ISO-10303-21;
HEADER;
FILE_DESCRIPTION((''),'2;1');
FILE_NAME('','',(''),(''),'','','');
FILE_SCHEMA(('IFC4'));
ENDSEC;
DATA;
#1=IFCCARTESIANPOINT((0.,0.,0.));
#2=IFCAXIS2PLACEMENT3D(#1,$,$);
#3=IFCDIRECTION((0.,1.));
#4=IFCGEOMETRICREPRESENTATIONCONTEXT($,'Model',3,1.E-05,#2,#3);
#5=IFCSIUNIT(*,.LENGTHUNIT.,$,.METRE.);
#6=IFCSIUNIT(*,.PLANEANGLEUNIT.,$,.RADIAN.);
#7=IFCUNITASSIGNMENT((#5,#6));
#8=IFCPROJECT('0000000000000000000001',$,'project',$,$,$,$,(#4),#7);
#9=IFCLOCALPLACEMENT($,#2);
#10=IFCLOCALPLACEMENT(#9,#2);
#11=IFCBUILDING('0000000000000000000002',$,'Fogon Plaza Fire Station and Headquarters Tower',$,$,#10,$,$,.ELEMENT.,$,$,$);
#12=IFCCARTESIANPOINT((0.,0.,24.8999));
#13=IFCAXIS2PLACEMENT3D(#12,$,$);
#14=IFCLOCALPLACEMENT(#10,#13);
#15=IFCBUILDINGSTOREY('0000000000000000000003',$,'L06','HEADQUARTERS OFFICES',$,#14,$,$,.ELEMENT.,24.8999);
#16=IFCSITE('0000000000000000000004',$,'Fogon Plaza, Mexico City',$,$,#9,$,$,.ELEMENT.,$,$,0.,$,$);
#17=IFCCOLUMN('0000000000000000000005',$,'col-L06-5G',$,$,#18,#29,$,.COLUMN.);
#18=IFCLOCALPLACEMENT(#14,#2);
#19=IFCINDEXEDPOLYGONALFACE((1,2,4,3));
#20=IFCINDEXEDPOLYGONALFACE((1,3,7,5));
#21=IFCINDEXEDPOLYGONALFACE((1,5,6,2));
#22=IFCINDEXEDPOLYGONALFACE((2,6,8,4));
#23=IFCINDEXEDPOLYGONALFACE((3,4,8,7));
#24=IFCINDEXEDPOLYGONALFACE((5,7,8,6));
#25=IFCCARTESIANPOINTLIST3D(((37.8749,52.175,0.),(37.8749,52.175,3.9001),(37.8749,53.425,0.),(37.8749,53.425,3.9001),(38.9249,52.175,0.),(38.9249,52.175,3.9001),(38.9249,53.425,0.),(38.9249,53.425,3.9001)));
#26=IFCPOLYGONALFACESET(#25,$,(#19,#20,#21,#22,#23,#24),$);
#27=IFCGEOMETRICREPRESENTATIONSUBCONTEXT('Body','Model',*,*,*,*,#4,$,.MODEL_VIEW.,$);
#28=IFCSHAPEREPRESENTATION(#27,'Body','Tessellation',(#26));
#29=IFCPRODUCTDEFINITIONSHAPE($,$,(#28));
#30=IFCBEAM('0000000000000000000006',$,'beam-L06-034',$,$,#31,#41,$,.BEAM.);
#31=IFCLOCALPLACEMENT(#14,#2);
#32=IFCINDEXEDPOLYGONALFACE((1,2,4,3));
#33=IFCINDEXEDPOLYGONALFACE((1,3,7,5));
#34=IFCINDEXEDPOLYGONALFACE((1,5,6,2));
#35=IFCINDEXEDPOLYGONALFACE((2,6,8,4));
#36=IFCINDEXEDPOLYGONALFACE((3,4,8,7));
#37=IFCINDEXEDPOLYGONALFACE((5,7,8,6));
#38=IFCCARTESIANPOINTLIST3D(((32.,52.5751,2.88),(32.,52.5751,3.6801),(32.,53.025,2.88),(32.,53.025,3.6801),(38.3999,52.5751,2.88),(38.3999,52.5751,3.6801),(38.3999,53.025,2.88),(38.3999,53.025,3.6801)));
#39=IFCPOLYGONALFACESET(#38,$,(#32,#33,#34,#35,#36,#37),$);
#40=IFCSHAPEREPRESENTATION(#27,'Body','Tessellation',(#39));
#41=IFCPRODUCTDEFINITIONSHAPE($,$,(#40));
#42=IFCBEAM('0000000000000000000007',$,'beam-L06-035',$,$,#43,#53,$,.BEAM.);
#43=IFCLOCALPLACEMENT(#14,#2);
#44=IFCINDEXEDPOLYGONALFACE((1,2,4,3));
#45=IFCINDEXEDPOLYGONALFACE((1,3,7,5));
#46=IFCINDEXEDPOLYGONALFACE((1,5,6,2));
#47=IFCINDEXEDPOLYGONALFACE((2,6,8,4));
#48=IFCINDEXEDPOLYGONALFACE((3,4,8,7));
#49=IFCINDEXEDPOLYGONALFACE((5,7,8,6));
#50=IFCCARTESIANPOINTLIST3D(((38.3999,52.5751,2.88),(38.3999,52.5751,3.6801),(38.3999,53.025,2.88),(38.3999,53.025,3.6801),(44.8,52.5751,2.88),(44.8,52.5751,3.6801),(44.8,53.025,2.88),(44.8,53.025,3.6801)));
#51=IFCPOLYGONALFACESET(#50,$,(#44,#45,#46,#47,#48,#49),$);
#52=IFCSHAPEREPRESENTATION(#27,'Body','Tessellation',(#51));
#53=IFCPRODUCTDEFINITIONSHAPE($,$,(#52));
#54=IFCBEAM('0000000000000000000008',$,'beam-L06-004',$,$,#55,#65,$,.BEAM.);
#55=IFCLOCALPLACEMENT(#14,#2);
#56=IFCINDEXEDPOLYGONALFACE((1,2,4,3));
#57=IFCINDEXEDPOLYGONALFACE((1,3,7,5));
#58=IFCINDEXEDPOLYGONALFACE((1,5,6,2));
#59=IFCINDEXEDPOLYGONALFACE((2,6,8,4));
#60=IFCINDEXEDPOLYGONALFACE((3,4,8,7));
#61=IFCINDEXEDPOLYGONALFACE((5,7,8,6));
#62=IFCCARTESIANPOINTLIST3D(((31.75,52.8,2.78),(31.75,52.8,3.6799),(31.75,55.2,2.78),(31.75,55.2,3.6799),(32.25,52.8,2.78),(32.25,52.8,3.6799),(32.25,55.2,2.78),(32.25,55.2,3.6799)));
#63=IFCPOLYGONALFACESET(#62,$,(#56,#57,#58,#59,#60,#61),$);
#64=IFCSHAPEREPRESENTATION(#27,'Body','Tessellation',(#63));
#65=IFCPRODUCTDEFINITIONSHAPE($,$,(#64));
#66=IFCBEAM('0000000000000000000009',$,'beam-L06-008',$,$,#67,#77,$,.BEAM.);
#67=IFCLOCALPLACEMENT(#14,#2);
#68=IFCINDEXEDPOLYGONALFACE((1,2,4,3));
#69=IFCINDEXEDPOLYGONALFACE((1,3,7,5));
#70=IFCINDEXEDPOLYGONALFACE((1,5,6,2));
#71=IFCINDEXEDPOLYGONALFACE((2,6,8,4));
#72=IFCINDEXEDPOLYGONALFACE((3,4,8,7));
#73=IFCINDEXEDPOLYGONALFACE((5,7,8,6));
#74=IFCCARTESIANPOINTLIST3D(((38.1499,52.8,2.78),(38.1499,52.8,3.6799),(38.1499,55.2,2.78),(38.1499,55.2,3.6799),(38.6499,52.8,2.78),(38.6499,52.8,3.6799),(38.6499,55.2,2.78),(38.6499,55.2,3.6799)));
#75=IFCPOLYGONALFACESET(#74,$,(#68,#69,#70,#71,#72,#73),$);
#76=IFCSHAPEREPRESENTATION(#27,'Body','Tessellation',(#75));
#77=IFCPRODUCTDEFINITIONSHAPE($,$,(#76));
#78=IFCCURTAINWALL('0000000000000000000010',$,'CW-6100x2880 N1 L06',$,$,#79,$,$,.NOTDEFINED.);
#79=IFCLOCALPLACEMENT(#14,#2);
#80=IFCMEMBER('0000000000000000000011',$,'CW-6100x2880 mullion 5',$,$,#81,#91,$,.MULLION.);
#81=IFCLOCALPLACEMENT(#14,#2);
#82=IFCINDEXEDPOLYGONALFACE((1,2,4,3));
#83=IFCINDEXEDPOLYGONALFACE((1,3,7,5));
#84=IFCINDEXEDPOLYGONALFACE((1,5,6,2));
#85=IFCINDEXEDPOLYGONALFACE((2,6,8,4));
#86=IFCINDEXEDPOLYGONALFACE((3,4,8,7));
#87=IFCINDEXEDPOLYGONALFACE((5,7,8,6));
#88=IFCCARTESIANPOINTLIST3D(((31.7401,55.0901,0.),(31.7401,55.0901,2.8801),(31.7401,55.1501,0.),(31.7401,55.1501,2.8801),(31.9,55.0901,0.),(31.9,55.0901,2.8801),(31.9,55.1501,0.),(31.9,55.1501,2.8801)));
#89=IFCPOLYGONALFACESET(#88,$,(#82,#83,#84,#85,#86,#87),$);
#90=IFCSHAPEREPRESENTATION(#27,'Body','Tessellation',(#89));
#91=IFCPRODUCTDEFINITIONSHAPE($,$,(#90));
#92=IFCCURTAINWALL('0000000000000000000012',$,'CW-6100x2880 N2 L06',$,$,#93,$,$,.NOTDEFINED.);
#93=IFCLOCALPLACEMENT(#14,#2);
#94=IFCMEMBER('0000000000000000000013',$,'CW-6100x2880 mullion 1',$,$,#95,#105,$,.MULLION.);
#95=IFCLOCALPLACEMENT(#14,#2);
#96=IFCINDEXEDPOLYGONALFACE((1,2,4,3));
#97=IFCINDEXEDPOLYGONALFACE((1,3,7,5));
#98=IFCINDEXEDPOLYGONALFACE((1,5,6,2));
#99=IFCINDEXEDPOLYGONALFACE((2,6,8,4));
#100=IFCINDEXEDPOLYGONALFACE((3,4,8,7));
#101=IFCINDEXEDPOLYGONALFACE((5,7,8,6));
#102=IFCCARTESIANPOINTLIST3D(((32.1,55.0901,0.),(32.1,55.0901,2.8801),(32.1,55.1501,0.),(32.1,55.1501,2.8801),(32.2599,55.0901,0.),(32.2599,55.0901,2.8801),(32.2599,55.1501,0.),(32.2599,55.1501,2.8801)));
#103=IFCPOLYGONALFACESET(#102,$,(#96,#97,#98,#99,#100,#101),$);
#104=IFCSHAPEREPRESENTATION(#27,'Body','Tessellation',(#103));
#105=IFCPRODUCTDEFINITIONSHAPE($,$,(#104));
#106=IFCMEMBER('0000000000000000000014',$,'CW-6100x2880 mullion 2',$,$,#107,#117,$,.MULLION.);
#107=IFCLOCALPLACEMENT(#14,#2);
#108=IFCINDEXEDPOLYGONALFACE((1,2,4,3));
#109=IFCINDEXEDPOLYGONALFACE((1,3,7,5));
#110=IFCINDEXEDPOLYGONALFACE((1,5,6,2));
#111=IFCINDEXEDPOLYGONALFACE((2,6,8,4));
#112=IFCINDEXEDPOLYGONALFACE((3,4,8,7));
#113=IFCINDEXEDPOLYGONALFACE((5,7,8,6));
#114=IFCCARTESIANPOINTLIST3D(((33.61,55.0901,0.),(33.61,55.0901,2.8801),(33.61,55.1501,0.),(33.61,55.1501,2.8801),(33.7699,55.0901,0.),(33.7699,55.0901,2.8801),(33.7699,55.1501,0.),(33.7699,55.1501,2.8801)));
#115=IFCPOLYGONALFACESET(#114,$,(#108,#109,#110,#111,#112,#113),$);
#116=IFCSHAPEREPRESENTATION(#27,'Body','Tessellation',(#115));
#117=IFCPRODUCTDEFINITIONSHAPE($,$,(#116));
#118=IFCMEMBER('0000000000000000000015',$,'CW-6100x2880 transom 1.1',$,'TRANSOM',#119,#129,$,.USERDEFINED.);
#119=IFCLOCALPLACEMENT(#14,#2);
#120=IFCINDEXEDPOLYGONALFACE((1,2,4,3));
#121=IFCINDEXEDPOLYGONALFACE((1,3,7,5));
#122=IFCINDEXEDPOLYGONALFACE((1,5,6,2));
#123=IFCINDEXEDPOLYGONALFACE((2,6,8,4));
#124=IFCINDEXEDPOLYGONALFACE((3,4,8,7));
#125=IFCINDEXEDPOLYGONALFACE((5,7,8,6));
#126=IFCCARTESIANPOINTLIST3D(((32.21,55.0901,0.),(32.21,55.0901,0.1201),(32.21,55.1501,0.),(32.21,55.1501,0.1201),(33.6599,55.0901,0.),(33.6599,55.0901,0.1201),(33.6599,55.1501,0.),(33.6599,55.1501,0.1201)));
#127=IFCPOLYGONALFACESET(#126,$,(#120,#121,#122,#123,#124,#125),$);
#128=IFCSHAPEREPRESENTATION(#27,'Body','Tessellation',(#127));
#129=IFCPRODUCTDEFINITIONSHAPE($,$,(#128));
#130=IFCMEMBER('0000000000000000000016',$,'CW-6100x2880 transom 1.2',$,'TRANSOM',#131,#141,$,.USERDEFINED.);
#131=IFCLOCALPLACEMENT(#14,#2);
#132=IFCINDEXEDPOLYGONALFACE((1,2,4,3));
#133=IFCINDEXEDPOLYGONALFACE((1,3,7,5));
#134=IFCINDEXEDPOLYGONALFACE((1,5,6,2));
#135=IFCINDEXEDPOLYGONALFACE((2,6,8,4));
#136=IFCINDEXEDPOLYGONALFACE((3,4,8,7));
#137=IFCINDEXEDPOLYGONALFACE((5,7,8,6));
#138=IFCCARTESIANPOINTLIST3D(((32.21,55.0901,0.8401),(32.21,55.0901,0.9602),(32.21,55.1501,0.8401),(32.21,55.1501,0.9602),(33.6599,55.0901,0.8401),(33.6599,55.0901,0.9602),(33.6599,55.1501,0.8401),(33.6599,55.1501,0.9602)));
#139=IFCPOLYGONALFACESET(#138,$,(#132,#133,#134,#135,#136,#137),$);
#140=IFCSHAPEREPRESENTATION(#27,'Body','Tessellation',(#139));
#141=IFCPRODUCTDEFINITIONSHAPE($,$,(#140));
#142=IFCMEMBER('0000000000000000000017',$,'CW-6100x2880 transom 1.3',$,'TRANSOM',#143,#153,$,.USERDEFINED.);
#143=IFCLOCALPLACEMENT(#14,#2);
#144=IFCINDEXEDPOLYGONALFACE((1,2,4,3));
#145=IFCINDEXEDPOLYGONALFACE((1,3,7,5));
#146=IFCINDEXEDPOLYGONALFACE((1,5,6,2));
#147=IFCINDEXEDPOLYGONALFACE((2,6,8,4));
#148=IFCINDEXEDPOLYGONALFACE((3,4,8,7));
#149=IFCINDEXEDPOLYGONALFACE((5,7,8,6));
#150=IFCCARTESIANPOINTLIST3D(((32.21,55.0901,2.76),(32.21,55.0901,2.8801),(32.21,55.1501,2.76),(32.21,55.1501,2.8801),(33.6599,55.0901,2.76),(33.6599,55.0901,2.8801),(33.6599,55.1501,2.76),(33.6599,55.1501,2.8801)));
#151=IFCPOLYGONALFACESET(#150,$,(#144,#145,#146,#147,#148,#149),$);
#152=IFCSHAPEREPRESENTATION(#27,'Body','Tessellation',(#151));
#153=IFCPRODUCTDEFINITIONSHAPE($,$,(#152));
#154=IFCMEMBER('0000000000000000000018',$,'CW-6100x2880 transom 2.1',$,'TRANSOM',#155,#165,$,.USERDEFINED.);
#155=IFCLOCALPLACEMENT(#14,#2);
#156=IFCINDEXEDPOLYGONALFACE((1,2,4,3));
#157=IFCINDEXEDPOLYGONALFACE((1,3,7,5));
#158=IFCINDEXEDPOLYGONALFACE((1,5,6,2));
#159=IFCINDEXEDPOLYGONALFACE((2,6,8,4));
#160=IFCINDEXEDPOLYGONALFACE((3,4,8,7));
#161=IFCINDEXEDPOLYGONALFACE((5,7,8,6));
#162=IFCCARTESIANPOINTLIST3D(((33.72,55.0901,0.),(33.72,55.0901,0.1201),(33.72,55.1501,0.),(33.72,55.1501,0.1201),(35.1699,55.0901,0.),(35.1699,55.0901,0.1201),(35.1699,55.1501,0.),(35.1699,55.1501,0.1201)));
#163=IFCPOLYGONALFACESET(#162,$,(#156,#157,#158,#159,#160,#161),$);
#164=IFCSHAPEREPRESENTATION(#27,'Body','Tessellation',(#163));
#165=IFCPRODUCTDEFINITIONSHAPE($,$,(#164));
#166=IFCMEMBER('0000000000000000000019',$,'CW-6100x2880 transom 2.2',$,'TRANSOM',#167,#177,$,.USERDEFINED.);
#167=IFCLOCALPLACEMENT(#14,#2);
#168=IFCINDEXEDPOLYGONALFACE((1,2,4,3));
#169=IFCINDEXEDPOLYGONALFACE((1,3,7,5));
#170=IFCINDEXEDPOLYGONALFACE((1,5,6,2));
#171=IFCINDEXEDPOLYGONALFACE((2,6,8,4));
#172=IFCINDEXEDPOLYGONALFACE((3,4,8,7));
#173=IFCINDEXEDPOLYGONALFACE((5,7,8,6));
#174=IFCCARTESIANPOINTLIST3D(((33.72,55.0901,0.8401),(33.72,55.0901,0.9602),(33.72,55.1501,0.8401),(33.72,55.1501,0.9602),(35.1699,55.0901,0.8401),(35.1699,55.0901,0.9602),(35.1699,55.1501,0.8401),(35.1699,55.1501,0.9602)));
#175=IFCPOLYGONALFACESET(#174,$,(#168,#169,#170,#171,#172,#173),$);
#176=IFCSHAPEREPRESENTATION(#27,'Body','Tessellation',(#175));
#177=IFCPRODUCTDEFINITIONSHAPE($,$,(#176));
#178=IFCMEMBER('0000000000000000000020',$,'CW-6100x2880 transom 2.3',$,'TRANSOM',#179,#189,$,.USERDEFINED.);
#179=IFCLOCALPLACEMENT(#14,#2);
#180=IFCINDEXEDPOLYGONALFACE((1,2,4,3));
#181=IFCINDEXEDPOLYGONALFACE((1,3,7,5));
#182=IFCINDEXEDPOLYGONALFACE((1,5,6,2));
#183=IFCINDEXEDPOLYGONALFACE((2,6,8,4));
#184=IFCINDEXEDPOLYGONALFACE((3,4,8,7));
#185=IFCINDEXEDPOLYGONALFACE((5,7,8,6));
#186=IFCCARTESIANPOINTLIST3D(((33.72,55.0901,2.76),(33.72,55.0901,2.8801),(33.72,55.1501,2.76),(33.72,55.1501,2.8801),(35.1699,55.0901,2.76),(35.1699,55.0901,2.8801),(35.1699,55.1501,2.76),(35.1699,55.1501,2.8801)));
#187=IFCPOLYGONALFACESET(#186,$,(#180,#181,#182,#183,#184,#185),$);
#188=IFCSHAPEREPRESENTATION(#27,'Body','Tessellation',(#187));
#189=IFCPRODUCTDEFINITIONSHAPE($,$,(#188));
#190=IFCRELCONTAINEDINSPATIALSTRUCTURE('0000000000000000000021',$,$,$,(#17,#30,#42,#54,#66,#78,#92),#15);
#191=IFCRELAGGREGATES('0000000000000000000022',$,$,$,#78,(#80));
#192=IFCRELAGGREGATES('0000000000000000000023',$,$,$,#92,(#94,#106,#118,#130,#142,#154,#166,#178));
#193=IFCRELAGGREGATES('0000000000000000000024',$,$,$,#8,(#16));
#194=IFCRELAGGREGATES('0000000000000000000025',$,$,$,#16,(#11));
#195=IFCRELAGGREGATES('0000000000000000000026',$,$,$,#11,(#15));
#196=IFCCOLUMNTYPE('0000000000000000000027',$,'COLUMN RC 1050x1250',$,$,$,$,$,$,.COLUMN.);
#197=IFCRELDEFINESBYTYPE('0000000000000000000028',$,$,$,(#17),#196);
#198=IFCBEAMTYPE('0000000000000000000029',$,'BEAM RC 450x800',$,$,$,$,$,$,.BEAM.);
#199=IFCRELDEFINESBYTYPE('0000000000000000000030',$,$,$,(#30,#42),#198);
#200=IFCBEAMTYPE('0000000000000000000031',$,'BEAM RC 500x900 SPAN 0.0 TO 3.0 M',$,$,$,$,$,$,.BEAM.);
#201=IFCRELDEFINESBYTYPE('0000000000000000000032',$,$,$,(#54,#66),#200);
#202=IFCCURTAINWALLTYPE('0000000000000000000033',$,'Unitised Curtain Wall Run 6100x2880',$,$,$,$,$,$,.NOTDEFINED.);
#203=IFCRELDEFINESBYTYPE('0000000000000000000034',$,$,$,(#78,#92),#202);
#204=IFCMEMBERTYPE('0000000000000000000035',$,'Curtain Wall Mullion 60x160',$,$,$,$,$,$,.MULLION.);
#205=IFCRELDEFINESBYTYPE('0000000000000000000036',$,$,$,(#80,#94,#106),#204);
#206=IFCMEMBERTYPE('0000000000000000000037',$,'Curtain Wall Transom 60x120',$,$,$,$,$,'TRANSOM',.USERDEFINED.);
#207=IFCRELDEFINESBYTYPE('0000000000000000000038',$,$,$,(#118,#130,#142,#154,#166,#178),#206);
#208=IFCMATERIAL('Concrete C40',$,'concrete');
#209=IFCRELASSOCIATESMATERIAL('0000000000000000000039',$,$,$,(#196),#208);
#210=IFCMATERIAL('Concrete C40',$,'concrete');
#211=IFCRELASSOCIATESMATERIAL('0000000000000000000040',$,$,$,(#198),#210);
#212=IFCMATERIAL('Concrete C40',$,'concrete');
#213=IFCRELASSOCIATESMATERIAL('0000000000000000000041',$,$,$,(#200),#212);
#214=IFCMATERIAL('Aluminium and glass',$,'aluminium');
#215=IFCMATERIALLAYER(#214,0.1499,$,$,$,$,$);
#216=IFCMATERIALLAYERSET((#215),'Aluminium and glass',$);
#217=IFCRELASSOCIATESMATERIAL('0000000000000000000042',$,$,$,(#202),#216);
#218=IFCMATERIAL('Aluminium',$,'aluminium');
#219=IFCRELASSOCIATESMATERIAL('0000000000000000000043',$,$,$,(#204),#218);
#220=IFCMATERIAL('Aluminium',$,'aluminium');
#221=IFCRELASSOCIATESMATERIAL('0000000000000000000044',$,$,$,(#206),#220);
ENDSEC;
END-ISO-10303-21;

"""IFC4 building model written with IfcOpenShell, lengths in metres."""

from ifc_helpers import new_model, si_unit, direction, frame, origin, origin_2d, place, context, subcontext, project, spatial, rectangle, extrude, material, layer, layer_set, material_profile, profile_set, type_object, element, aggregate, save


model = new_model("IFC4")

# Units and contexts
model_context = context("Model", 3, precision=1e-05, world=origin(), true_north=direction((0.0, 1.0)))
body_context = subcontext(model_context, "Body", "Model", "MODEL_VIEW")
ifc_project = project(units=[si_unit("LENGTHUNIT", "METRE"), si_unit("PLANEANGLEUNIT", "RADIAN")], contexts=[model_context])

# Site, building, storey
site_placement = place(None, origin())
site = spatial("IfcSite", under=ifc_project, at=site_placement, Name="Fogon Plaza, Mexico City", CompositionType="ELEMENT", RefElevation=0.0)
building_placement = place(site_placement, origin())
building = spatial("IfcBuilding", under=site, at=building_placement, Name="Fogon Plaza Fire Station and Headquarters Tower", CompositionType="ELEMENT")
storey_placement = place(building_placement, frame((0.0, 0.0, 24.8999)))
storey = spatial("IfcBuildingStorey", under=building, at=storey_placement, Name="L06", Description="HEADQUARTERS OFFICES", CompositionType="ELEMENT", Elevation=24.8999)

# Column
ifc_material_1 = material(Name="Concrete C40", Category="concrete")
ifc_material_profile_1 = material_profile(ifc_material_1, rectangle(XDim=1.05, YDim=1.25, at=origin_2d()), Name="RC 1050x1250")
ifc_profile_set_1 = profile_set([ifc_material_profile_1], Name="Concrete C40")
column_type = type_object("IfcColumnType", Name="COLUMN RC 1050x1250", PredefinedType="COLUMN", material=ifc_profile_set_1)
column_placement = place(storey_placement, frame((38.3999, 52.8, 0.0), z_axis=(0.0, 0.0, 1.0), x_axis=(1.0, 0.0, 0.0)))
element("IfcColumn", 1, at=column_placement, inside=storey, type_object=column_type, Name="col-L06-5G", PredefinedType="COLUMN", context=body_context, shape_type="SweptSolid", body=[
    extrude(rectangle(XDim=1.05, YDim=1.25, at=origin_2d()), origin(), (0.0, 0.0, 1.0), 3.9001),
])

# Beams
ifc_material_2 = material(Name="Concrete C40", Category="concrete")
ifc_material_profile_2 = material_profile(ifc_material_2, rectangle(XDim=0.45, YDim=0.8, at=origin_2d()), Name="RC 450x800")
ifc_profile_set_2 = profile_set([ifc_material_profile_2], Name="Concrete C40")
beam_type_1 = type_object("IfcBeamType", Name="BEAM RC 450x800", PredefinedType="BEAM", material=ifc_profile_set_2)
beam_1_placement = place(storey_placement, frame((32.0, 52.8, 3.28), z_axis=(1.0, 0.0, 0.0), x_axis=(0.0, 1.0, 0.0)))
element("IfcBeam", 2, at=beam_1_placement, inside=storey, type_object=beam_type_1, Name="beam-L06-034", PredefinedType="BEAM", context=body_context, shape_type="SweptSolid", body=[
    extrude(rectangle(XDim=0.45, YDim=0.8, at=origin_2d()), origin(), (0.0, 0.0, 1.0), 6.3999),
])
beam_2_placement = place(storey_placement, frame((38.3999, 52.8, 3.28), z_axis=(1.0, 0.0, 0.0), x_axis=(0.0, 1.0, 0.0)))
element("IfcBeam", 3, at=beam_2_placement, inside=storey, type_object=beam_type_1, Name="beam-L06-035", PredefinedType="BEAM", context=body_context, shape_type="SweptSolid", body=[
    extrude(rectangle(XDim=0.45, YDim=0.8, at=origin_2d()), origin(), (0.0, 0.0, 1.0), 6.4001),
])
ifc_material_3 = material(Name="Concrete C40", Category="concrete")
ifc_material_profile_3 = material_profile(ifc_material_3, rectangle(XDim=0.5, YDim=0.8999, at=origin_2d()), Name="RC 500x900")
ifc_profile_set_3 = profile_set([ifc_material_profile_3], Name="Concrete C40")
beam_type_2 = type_object("IfcBeamType", Name="BEAM RC 500x900 SPAN 0.0 TO 3.0 M", PredefinedType="BEAM", material=ifc_profile_set_3)
for number, where, z_axis, x_axis, name in (
    (4, (32.0, 52.8, 3.23), (0.0, 1.0, 0.0), (-1.0, 0.0, 0.0), "beam-L06-004"),
    (5, (38.3999, 52.8, 3.23), (0.0, 1.0, 0.0), (-1.0, 0.0, 0.0), "beam-L06-008"),
):
    element("IfcBeam", number, at=place(storey_placement, frame(where, z_axis=z_axis, x_axis=x_axis)), inside=storey, type_object=beam_type_2, Name=name, PredefinedType="BEAM", context=body_context, shape_type="SweptSolid", body=[
        extrude(rectangle(XDim=0.5, YDim=0.8999, at=origin_2d()), origin(), (0.0, 0.0, 1.0), 2.3999),
    ])

# Curtain wall, member
ifc_material_4 = material(Name="Aluminium and glass", Category="aluminium")
ifc_layer_1 = layer(ifc_material_4, 0.1499)
ifc_layer_set_1 = layer_set([ifc_layer_1], Name="Aluminium and glass")
curtain_wall_type = type_object("IfcCurtainWallType", Name="Unitised Curtain Wall Run 6100x2880", PredefinedType="NOTDEFINED", material=ifc_layer_set_1)
curtain_wall_1_placement = place(storey_placement, origin())
curtain_wall_1 = element("IfcCurtainWall", 6, at=curtain_wall_1_placement, inside=storey, type_object=curtain_wall_type, Name="CW-6100x2880 N1 L06", PredefinedType="NOTDEFINED")
ifc_material_5 = material(Name="Aluminium", Category="aluminium")
ifc_material_profile_4 = material_profile(ifc_material_5, rectangle(XDim=0.0601, YDim=0.1599, at=origin_2d()), Name="Curtain Wall Mullion 60x160")
ifc_profile_set_4 = profile_set([ifc_material_profile_4], Name="Aluminium")
member_type_1 = type_object("IfcMemberType", Name="Curtain Wall Mullion 60x160", PredefinedType="MULLION", material=ifc_profile_set_4)
member_1_placement = place(storey_placement, frame((31.8201, 55.1201, 0.0), z_axis=(0.0, 0.0, 1.0), x_axis=(0.0, 1.0, 0.0)))
member_1 = element("IfcMember", 7, at=member_1_placement, type_object=member_type_1, Name="CW-6100x2880 mullion 5", PredefinedType="MULLION", context=body_context, shape_type="SweptSolid", body=[
    extrude(rectangle(XDim=0.0601, YDim=0.1599, at=origin_2d()), origin(), (0.0, 0.0, 1.0), 2.8801),
])
aggregate(curtain_wall_1, [member_1])

# Curtain wall, members
curtain_wall_2_placement = place(storey_placement, origin())
curtain_wall_2 = element("IfcCurtainWall", 8, at=curtain_wall_2_placement, inside=storey, type_object=curtain_wall_type, Name="CW-6100x2880 N2 L06", PredefinedType="NOTDEFINED")
member_2_placement = place(storey_placement, frame((32.1799, 55.1201, 0.0), z_axis=(0.0, 0.0, 1.0), x_axis=(0.0, 1.0, 0.0)))
member_2 = element("IfcMember", 9, at=member_2_placement, type_object=member_type_1, Name="CW-6100x2880 mullion 1", PredefinedType="MULLION", context=body_context, shape_type="SweptSolid", body=[
    extrude(rectangle(XDim=0.0601, YDim=0.1599, at=origin_2d()), origin(), (0.0, 0.0, 1.0), 2.8801),
])
member_3_placement = place(storey_placement, frame((33.6899, 55.1201, 0.0), z_axis=(0.0, 0.0, 1.0), x_axis=(0.0, 1.0, 0.0)))
member_3 = element("IfcMember", 10, at=member_3_placement, type_object=member_type_1, Name="CW-6100x2880 mullion 2", PredefinedType="MULLION", context=body_context, shape_type="SweptSolid", body=[
    extrude(rectangle(XDim=0.0601, YDim=0.1599, at=origin_2d()), origin(), (0.0, 0.0, 1.0), 2.8801),
])
ifc_material_6 = material(Name="Aluminium", Category="aluminium")
ifc_material_profile_5 = material_profile(ifc_material_6, rectangle(XDim=0.0601, YDim=0.1201, at=origin_2d()), Name="Curtain Wall Transom 60x120")
ifc_profile_set_5 = profile_set([ifc_material_profile_5], Name="Aluminium")
member_type_2 = type_object("IfcMemberType", Name="Curtain Wall Transom 60x120", ElementType="TRANSOM", PredefinedType="USERDEFINED", material=ifc_profile_set_5)
member_4_placement = place(storey_placement, frame((32.21, 55.1201, 0.0601), z_axis=(1.0, 0.0, 0.0), x_axis=(0.0, 1.0, 0.0)))
member_4 = element("IfcMember", 11, at=member_4_placement, type_object=member_type_2, Name="CW-6100x2880 transom 1.1", ObjectType="TRANSOM", PredefinedType="USERDEFINED", context=body_context, shape_type="SweptSolid", body=[
    extrude(rectangle(XDim=0.0601, YDim=0.1201, at=origin_2d()), origin(), (0.0, 0.0, 1.0), 1.45),
])
member_5_placement = place(storey_placement, frame((32.21, 55.1201, 0.9001), z_axis=(1.0, 0.0, 0.0), x_axis=(0.0, 1.0, 0.0)))
member_5 = element("IfcMember", 12, at=member_5_placement, type_object=member_type_2, Name="CW-6100x2880 transom 1.2", ObjectType="TRANSOM", PredefinedType="USERDEFINED", context=body_context, shape_type="SweptSolid", body=[
    extrude(rectangle(XDim=0.0601, YDim=0.1201, at=origin_2d()), origin(), (0.0, 0.0, 1.0), 1.45),
])
member_6_placement = place(storey_placement, frame((32.21, 55.1201, 2.8201), z_axis=(1.0, 0.0, 0.0), x_axis=(0.0, 1.0, 0.0)))
member_6 = element("IfcMember", 13, at=member_6_placement, type_object=member_type_2, Name="CW-6100x2880 transom 1.3", ObjectType="TRANSOM", PredefinedType="USERDEFINED", context=body_context, shape_type="SweptSolid", body=[
    extrude(rectangle(XDim=0.0601, YDim=0.1201, at=origin_2d()), origin(), (0.0, 0.0, 1.0), 1.45),
])
member_7_placement = place(storey_placement, frame((33.72, 55.1201, 0.0601), z_axis=(1.0, 0.0, 0.0), x_axis=(0.0, 1.0, 0.0)))
member_7 = element("IfcMember", 14, at=member_7_placement, type_object=member_type_2, Name="CW-6100x2880 transom 2.1", ObjectType="TRANSOM", PredefinedType="USERDEFINED", context=body_context, shape_type="SweptSolid", body=[
    extrude(rectangle(XDim=0.0601, YDim=0.1201, at=origin_2d()), origin(), (0.0, 0.0, 1.0), 1.45),
])
member_8_placement = place(storey_placement, frame((33.72, 55.1201, 0.9001), z_axis=(1.0, 0.0, 0.0), x_axis=(0.0, 1.0, 0.0)))
member_8 = element("IfcMember", 15, at=member_8_placement, type_object=member_type_2, Name="CW-6100x2880 transom 2.2", ObjectType="TRANSOM", PredefinedType="USERDEFINED", context=body_context, shape_type="SweptSolid", body=[
    extrude(rectangle(XDim=0.0601, YDim=0.1201, at=origin_2d()), origin(), (0.0, 0.0, 1.0), 1.45),
])
member_9_placement = place(storey_placement, frame((33.72, 55.1201, 2.8201), z_axis=(1.0, 0.0, 0.0), x_axis=(0.0, 1.0, 0.0)))
member_9 = element("IfcMember", 16, at=member_9_placement, type_object=member_type_2, Name="CW-6100x2880 transom 2.3", ObjectType="TRANSOM", PredefinedType="USERDEFINED", context=body_context, shape_type="SweptSolid", body=[
    extrude(rectangle(XDim=0.0601, YDim=0.1201, at=origin_2d()), origin(), (0.0, 0.0, 1.0), 1.45),
])

aggregate(curtain_wall_2, [member_2, member_3, member_4, member_5, member_6, member_7, member_8, member_9])

save(model, "model.ifc")
